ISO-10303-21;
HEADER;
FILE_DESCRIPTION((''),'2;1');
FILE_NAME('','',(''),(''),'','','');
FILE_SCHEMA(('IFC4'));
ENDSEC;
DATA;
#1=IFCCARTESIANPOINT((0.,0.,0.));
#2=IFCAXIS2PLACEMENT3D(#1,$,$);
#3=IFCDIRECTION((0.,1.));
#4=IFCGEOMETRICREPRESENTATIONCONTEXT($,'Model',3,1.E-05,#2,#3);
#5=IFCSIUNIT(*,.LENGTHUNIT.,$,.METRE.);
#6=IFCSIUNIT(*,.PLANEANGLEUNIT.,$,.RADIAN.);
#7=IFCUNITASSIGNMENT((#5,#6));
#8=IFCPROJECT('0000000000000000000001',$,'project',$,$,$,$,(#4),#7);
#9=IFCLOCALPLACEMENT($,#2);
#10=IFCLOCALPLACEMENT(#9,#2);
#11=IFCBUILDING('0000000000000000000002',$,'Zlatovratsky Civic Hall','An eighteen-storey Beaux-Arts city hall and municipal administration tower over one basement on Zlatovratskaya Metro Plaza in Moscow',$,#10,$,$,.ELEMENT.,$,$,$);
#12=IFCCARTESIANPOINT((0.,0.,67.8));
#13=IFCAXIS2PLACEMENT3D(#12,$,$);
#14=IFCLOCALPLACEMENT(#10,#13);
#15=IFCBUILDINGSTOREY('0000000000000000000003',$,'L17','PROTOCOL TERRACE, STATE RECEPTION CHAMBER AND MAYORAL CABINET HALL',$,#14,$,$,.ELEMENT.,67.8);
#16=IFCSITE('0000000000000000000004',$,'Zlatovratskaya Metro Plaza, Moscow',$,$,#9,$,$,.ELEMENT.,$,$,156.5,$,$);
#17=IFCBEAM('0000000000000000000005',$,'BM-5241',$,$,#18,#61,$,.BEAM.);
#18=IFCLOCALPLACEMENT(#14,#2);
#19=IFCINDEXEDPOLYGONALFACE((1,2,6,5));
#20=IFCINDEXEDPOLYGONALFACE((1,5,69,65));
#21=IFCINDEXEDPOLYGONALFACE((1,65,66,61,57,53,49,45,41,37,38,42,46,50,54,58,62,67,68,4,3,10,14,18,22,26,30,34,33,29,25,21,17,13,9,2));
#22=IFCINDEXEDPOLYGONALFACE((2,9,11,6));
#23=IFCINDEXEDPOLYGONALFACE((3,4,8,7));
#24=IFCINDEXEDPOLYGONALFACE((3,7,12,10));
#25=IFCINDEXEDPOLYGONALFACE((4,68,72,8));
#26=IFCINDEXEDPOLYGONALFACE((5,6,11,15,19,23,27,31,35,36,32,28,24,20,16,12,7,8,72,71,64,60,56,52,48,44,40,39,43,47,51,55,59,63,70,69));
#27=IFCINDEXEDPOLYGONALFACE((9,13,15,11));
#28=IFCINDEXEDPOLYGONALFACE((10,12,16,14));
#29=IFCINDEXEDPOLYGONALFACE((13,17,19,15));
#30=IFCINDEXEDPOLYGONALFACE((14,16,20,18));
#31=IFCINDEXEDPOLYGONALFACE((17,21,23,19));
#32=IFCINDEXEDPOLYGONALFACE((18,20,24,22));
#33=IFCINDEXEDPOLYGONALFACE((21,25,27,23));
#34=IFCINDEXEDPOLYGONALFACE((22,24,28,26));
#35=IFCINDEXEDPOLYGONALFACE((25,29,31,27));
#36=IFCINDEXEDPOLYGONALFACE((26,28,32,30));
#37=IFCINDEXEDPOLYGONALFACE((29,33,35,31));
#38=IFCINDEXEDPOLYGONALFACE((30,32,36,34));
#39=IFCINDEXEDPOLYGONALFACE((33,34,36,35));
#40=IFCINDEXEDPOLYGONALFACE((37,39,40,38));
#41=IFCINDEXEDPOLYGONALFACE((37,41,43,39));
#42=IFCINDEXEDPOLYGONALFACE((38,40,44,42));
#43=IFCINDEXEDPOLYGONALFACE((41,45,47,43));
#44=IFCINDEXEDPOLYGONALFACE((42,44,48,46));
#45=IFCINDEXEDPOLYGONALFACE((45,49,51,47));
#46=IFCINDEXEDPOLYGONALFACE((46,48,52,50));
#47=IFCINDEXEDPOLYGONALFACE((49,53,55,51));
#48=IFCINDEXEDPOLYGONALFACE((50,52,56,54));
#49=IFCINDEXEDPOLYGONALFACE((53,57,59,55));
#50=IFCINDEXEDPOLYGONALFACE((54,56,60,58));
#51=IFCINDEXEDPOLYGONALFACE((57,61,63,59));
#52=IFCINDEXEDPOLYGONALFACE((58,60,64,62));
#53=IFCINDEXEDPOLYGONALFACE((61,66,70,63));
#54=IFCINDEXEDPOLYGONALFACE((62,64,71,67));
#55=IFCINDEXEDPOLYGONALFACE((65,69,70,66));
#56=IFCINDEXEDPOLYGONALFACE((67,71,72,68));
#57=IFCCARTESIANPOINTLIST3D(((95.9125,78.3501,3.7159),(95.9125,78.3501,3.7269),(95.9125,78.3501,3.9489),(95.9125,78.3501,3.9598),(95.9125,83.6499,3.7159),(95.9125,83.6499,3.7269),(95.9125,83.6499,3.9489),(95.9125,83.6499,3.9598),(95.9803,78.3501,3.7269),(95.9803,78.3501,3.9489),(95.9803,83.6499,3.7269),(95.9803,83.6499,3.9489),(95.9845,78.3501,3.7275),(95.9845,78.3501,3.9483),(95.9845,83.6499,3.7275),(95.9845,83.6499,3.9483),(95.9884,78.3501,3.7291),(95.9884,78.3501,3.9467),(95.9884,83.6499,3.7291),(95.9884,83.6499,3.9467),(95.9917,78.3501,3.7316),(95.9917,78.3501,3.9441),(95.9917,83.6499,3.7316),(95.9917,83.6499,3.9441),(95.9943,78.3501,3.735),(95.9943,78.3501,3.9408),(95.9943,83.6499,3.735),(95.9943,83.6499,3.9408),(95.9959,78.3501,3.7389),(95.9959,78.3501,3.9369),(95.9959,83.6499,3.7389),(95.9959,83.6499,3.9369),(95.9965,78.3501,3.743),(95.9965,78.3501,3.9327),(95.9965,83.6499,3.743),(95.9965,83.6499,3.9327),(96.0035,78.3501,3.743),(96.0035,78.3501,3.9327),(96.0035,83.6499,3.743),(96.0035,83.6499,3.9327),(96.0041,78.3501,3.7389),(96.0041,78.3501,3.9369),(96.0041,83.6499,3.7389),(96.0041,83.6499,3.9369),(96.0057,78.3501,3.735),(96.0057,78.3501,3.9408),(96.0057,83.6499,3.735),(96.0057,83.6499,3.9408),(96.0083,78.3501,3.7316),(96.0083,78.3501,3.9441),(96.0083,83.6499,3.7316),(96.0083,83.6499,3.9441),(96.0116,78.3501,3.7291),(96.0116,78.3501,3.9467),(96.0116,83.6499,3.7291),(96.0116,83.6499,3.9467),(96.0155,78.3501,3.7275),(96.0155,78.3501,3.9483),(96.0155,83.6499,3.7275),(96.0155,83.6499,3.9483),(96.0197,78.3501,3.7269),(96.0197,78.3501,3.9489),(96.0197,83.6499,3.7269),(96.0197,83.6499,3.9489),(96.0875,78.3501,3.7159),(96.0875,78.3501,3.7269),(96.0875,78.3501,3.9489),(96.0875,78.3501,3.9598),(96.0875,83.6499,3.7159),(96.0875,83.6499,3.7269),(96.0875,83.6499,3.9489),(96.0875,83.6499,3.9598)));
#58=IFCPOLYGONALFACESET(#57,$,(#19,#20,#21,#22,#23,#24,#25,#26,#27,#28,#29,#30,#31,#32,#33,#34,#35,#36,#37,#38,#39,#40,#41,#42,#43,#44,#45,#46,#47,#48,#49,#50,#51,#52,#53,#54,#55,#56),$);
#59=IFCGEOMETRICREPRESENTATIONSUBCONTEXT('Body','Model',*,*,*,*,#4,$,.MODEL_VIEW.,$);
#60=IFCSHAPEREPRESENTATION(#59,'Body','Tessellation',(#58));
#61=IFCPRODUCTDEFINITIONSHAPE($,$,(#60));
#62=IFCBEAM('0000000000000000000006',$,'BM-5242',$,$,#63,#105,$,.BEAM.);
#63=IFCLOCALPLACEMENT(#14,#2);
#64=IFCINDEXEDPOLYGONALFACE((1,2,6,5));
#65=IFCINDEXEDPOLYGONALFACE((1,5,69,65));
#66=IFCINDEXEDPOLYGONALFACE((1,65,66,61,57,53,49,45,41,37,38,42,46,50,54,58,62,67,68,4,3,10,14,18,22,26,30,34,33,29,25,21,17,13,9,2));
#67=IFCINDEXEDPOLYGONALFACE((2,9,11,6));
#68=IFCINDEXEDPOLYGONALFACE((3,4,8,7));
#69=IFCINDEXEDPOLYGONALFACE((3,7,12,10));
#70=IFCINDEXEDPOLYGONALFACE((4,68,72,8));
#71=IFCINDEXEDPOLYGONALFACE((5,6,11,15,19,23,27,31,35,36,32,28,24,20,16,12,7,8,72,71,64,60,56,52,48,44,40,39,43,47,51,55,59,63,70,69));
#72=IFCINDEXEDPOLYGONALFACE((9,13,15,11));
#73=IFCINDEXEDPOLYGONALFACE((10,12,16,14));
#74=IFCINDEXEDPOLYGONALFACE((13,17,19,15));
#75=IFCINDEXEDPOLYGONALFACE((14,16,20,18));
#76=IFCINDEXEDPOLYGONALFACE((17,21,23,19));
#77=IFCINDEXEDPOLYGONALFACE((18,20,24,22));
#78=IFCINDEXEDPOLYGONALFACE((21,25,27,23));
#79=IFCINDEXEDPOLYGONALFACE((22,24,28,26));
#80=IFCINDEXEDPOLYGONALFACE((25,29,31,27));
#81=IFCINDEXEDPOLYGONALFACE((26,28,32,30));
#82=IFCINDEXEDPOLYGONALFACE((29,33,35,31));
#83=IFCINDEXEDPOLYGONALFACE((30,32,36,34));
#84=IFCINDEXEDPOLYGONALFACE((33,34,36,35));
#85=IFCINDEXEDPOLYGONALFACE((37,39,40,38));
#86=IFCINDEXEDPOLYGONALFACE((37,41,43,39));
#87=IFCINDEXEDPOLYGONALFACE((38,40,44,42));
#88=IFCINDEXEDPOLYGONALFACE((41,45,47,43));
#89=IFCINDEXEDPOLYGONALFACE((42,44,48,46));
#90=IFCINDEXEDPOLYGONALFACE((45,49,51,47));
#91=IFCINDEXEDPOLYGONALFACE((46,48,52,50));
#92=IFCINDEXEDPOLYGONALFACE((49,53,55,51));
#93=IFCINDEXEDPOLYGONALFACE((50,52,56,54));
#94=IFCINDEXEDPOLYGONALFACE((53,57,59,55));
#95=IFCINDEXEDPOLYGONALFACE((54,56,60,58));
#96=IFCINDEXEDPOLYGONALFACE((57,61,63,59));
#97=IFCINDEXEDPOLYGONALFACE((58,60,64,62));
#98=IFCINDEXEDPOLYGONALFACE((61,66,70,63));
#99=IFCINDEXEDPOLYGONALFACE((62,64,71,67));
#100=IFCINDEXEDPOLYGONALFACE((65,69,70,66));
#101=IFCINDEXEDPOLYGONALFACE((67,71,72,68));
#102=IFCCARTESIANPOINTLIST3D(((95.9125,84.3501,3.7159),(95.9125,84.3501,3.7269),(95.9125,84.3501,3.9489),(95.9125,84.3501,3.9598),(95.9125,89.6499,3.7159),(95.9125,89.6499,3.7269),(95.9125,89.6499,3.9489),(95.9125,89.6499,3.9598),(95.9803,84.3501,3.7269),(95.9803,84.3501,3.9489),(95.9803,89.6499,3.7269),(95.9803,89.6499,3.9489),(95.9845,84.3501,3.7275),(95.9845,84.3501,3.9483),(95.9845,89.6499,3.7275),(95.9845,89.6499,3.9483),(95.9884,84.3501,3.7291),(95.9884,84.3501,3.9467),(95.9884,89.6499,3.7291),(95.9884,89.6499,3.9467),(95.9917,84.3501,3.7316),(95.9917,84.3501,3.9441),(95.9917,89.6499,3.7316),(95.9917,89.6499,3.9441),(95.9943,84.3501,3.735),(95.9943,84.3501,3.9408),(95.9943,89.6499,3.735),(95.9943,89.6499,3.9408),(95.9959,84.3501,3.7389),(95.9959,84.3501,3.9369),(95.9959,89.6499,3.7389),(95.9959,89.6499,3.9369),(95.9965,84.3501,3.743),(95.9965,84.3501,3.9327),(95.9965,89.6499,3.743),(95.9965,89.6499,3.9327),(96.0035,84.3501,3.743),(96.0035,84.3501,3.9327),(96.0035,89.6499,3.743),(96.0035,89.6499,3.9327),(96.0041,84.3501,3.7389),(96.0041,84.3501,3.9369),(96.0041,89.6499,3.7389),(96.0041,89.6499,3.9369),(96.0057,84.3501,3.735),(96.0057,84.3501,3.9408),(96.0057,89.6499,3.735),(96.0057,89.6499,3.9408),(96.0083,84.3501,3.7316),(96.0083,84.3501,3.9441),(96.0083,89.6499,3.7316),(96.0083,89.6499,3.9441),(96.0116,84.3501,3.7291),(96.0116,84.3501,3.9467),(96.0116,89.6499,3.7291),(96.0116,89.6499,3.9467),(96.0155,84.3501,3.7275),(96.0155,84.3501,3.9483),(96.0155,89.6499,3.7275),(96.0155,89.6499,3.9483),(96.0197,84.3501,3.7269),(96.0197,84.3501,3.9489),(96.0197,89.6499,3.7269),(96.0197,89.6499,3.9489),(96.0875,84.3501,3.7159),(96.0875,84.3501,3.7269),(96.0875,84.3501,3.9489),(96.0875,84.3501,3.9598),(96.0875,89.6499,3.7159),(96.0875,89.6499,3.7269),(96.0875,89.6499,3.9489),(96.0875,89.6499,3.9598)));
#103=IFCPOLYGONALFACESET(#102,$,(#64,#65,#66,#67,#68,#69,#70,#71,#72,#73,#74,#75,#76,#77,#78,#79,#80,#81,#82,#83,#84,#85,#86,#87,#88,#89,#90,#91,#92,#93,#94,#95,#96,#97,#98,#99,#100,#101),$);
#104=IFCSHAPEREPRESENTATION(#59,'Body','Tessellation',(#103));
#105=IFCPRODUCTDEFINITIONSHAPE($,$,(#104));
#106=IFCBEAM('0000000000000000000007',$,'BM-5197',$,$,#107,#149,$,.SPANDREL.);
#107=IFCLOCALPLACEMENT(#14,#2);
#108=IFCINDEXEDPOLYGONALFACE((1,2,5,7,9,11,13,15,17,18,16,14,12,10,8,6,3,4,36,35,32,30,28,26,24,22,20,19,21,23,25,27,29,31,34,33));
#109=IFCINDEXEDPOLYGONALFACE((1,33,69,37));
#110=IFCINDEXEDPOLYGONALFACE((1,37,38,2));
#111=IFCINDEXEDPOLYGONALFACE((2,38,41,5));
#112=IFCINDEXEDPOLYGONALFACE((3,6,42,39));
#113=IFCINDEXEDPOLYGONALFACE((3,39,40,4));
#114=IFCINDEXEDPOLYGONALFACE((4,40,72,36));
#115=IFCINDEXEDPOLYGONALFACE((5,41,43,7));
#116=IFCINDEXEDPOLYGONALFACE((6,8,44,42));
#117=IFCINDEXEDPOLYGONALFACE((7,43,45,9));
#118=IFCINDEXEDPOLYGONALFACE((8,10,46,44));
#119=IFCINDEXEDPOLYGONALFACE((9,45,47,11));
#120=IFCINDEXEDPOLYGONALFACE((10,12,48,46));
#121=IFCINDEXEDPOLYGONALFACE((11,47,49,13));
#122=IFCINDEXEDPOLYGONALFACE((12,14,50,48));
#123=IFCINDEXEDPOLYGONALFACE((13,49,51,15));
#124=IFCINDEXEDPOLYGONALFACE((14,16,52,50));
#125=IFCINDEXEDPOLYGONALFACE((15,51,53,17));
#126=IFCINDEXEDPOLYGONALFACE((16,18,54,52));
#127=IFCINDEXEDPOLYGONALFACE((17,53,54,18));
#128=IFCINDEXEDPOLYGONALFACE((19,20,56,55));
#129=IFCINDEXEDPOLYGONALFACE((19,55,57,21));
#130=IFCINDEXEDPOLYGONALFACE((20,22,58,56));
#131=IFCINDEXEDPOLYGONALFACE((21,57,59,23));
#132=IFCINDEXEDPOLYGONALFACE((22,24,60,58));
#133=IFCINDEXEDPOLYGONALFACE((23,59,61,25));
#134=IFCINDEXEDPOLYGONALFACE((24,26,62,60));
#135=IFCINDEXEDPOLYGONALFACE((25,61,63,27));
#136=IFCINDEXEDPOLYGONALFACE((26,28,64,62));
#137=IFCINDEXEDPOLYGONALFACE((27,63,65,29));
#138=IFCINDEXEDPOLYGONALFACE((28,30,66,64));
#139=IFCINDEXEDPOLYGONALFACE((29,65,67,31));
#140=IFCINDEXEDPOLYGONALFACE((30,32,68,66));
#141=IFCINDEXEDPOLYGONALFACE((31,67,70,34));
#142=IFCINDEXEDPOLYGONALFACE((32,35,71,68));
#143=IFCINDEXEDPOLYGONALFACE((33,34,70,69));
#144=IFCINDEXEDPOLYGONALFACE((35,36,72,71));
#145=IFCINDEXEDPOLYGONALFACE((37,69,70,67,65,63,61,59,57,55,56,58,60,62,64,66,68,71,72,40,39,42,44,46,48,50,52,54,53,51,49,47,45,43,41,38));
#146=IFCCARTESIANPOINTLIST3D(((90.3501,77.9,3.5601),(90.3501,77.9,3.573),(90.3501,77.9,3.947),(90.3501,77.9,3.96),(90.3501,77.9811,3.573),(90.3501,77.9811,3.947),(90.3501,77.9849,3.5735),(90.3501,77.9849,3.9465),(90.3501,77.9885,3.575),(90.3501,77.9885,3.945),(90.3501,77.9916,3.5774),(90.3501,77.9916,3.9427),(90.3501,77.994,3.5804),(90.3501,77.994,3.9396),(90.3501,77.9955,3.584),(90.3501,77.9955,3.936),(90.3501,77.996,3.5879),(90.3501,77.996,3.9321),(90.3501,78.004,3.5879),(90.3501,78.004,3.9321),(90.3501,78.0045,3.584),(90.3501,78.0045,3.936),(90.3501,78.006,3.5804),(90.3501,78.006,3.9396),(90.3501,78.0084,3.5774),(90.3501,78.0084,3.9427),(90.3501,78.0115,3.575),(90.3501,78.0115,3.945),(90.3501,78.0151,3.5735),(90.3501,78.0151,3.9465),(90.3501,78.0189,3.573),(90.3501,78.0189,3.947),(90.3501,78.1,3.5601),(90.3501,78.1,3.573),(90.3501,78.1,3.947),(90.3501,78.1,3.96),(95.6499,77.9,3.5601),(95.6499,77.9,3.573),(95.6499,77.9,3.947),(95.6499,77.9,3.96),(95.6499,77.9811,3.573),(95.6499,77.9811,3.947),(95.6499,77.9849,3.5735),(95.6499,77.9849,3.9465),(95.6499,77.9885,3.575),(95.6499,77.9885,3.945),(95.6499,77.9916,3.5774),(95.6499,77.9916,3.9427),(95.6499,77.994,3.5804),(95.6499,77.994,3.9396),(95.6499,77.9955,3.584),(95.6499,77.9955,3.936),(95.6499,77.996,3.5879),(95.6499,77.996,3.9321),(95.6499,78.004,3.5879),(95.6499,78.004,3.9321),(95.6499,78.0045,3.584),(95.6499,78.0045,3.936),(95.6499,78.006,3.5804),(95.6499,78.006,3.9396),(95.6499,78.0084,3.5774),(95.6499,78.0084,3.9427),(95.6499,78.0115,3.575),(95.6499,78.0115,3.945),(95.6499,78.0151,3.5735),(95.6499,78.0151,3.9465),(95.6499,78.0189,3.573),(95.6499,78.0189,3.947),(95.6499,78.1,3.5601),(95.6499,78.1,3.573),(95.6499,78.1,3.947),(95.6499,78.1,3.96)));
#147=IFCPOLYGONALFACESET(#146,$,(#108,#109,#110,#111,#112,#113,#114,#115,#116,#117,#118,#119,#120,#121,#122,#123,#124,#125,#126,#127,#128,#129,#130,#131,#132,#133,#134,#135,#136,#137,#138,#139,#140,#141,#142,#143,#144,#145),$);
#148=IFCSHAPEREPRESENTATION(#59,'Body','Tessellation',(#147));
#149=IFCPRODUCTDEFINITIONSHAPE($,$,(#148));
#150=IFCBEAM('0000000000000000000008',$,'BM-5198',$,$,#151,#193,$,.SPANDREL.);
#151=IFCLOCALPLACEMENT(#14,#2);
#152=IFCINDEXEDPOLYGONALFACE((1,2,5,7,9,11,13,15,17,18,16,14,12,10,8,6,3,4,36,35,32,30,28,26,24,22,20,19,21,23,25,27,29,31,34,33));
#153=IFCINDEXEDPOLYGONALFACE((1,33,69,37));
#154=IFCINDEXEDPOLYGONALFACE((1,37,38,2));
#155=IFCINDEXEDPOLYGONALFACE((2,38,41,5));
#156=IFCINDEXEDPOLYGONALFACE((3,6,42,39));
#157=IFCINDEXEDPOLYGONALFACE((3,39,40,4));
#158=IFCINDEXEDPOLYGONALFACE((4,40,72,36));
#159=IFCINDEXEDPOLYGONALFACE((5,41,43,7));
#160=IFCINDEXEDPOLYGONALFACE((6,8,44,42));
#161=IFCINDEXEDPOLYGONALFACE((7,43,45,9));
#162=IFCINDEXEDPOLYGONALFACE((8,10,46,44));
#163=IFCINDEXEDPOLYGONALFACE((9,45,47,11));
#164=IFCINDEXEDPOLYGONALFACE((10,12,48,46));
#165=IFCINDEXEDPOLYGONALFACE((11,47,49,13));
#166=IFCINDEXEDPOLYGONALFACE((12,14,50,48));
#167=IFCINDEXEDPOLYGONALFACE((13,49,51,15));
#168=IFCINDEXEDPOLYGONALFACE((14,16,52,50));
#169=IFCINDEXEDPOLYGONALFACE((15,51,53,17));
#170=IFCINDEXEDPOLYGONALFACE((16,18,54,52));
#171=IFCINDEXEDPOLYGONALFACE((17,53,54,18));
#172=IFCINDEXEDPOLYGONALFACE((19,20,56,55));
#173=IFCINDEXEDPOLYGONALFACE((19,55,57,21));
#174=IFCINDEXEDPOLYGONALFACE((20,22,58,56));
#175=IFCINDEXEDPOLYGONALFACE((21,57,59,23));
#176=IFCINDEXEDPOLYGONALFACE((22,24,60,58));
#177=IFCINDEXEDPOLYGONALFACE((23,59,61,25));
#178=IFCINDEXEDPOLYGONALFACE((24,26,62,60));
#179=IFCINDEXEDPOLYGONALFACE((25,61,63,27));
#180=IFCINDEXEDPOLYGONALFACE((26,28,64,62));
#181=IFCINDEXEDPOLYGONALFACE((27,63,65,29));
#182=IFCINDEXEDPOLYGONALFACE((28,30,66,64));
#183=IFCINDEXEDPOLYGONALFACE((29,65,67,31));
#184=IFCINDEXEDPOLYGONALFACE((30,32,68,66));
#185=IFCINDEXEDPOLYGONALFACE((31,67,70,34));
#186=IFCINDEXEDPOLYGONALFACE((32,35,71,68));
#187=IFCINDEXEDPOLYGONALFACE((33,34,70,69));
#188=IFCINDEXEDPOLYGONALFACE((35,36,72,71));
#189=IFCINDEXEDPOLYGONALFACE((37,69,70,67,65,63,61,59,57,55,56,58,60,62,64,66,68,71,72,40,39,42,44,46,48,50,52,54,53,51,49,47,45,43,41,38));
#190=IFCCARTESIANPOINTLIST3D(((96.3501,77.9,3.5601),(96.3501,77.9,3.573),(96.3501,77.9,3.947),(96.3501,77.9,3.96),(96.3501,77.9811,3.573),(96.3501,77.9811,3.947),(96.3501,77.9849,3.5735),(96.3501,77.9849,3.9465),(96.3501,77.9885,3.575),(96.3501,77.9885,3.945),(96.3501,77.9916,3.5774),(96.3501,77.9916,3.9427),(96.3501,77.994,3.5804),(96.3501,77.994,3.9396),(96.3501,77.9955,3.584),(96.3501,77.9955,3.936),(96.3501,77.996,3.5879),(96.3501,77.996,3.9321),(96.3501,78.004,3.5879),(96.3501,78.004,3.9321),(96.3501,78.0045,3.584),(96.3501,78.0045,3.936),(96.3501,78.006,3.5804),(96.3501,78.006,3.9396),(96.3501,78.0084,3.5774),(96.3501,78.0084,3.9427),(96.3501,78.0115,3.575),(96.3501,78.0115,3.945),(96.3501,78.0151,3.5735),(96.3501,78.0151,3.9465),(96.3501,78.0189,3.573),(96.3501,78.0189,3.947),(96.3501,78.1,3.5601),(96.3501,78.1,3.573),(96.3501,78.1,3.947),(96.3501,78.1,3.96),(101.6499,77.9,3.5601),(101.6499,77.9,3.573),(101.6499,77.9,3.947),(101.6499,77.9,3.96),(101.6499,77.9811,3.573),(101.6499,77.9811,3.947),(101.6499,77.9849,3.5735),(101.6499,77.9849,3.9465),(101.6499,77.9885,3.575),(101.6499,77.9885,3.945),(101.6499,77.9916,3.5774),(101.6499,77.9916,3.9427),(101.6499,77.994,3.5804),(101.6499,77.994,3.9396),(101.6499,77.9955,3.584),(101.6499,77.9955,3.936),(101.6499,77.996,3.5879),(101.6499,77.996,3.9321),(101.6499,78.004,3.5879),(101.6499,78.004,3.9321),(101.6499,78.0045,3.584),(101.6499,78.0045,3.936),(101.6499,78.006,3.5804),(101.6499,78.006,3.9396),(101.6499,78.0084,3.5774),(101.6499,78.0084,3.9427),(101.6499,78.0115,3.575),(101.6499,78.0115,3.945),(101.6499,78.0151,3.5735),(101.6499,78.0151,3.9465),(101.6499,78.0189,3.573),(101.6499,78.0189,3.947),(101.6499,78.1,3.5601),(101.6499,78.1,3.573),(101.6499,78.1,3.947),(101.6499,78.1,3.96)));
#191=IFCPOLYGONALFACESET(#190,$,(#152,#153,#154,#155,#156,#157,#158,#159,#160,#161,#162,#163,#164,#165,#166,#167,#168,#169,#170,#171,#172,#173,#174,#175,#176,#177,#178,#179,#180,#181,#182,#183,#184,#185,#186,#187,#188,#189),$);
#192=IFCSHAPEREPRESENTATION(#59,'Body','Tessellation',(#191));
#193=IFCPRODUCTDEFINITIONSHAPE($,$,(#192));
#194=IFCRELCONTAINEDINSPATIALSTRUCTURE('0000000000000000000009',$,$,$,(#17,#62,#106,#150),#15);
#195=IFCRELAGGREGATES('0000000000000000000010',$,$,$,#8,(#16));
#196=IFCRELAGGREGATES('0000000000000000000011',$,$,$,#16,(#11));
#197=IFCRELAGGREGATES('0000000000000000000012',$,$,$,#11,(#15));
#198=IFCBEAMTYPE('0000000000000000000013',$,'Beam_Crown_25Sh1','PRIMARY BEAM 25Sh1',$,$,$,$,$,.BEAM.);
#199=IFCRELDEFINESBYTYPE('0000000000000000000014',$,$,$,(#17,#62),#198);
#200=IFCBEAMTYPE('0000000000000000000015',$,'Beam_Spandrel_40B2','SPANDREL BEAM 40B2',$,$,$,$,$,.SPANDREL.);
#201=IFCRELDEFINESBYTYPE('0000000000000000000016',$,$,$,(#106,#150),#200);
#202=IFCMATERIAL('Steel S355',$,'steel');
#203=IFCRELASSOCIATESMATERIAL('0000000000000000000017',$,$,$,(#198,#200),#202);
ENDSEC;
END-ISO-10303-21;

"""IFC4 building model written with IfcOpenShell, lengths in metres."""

from ifc_helpers import new_model, si_unit, direction, frame, origin, origin_2d, place, context, subcontext, project, spatial, i_section, extrude, material, material_profile, profile_set, type_object, element, save


model = new_model("IFC4")

# Units and contexts
model_context = context("Model", 3, precision=1e-05, world=origin(), true_north=direction((0.0, 1.0)))
body_context = subcontext(model_context, "Body", "Model", "MODEL_VIEW")
ifc_project = project(units=[si_unit("LENGTHUNIT", "METRE"), si_unit("PLANEANGLEUNIT", "RADIAN")], contexts=[model_context])

# Site, building, storey
site_placement = place(None, origin())
site = spatial("IfcSite", under=ifc_project, at=site_placement, Name="Zlatovratskaya Metro Plaza, Moscow", CompositionType="ELEMENT", RefElevation=156.5)
building_placement = place(site_placement, origin())
building = spatial("IfcBuilding", under=site, at=building_placement, Name="Zlatovratsky Civic Hall", Description="An eighteen-storey Beaux-Arts city hall and municipal administration tower over one basement on Zlatovratskaya Metro Plaza in Moscow", CompositionType="ELEMENT")
storey_placement = place(building_placement, frame((0.0, 0.0, 67.8)))
storey = spatial("IfcBuildingStorey", under=building, at=storey_placement, Name="L17", Description="PROTOCOL TERRACE, STATE RECEPTION CHAMBER AND MAYORAL CABINET HALL", CompositionType="ELEMENT", Elevation=67.8)

# Beams
ifc_material_1 = material(Name="Steel S355", Category="steel")
ifc_material_profile_1 = material_profile(ifc_material_1, i_section(OverallWidth=0.175, OverallDepth=0.2439, WebThickness=0.0071, FlangeThickness=0.011, FilletRadius=0.0161, at=origin_2d()), Name="25Sh1")
ifc_profile_set_1 = profile_set([ifc_material_profile_1], Name="Steel S355")
beam_type_1 = type_object("IfcBeamType", Name="Beam_Crown_25Sh1", Description="PRIMARY BEAM 25Sh1", PredefinedType="BEAM", material=ifc_profile_set_1)
for number, where, z_axis, x_axis, name in (
    (1, (96.0, 78.3501, 3.8379), (0.0, 1.0, 0.0), (-1.0, 0.0, 0.0), "BM-5241"),
    (2, (96.0, 84.3501, 3.8379), (0.0, 1.0, 0.0), (-1.0, 0.0, 0.0), "BM-5242"),
):
    element("IfcBeam", number, at=place(storey_placement, frame(where, z_axis=z_axis, x_axis=x_axis)), inside=storey, type_object=beam_type_1, Name=name, PredefinedType="BEAM", context=body_context, shape_type="SweptSolid", body=[
        extrude(i_section(OverallWidth=0.175, OverallDepth=0.2439, WebThickness=0.0071, FlangeThickness=0.011, FilletRadius=0.0161, at=origin_2d()), origin(), (0.0, 0.0, 1.0), 5.2998),
    ])
ifc_material_profile_2 = material_profile(ifc_material_1, i_section(OverallWidth=0.2, OverallDepth=0.3999, WebThickness=0.0081, FlangeThickness=0.0129, FilletRadius=0.0149, at=origin_2d()), Name="40B2")
ifc_profile_set_2 = profile_set([ifc_material_profile_2], Name="Steel S355")
beam_type_2 = type_object("IfcBeamType", Name="Beam_Spandrel_40B2", Description="SPANDREL BEAM 40B2", PredefinedType="SPANDREL", material=ifc_profile_set_2)
for number, where, z_axis, x_axis, name in (
    (3, (90.3501, 78.0, 3.76), (1.0, 0.0, 0.0), (0.0, 1.0, 0.0), "BM-5197"),
    (4, (96.3501, 78.0, 3.76), (1.0, 0.0, 0.0), (0.0, 1.0, 0.0), "BM-5198"),
):
    element("IfcBeam", number, at=place(storey_placement, frame(where, z_axis=z_axis, x_axis=x_axis)), inside=storey, type_object=beam_type_2, Name=name, PredefinedType="SPANDREL", context=body_context, shape_type="SweptSolid", body=[
        extrude(i_section(OverallWidth=0.2, OverallDepth=0.3999, WebThickness=0.0081, FlangeThickness=0.0129, FilletRadius=0.0149, at=origin_2d()), origin(), (0.0, 0.0, 1.0), 5.2998),
    ])

save(model, "model.ifc")
